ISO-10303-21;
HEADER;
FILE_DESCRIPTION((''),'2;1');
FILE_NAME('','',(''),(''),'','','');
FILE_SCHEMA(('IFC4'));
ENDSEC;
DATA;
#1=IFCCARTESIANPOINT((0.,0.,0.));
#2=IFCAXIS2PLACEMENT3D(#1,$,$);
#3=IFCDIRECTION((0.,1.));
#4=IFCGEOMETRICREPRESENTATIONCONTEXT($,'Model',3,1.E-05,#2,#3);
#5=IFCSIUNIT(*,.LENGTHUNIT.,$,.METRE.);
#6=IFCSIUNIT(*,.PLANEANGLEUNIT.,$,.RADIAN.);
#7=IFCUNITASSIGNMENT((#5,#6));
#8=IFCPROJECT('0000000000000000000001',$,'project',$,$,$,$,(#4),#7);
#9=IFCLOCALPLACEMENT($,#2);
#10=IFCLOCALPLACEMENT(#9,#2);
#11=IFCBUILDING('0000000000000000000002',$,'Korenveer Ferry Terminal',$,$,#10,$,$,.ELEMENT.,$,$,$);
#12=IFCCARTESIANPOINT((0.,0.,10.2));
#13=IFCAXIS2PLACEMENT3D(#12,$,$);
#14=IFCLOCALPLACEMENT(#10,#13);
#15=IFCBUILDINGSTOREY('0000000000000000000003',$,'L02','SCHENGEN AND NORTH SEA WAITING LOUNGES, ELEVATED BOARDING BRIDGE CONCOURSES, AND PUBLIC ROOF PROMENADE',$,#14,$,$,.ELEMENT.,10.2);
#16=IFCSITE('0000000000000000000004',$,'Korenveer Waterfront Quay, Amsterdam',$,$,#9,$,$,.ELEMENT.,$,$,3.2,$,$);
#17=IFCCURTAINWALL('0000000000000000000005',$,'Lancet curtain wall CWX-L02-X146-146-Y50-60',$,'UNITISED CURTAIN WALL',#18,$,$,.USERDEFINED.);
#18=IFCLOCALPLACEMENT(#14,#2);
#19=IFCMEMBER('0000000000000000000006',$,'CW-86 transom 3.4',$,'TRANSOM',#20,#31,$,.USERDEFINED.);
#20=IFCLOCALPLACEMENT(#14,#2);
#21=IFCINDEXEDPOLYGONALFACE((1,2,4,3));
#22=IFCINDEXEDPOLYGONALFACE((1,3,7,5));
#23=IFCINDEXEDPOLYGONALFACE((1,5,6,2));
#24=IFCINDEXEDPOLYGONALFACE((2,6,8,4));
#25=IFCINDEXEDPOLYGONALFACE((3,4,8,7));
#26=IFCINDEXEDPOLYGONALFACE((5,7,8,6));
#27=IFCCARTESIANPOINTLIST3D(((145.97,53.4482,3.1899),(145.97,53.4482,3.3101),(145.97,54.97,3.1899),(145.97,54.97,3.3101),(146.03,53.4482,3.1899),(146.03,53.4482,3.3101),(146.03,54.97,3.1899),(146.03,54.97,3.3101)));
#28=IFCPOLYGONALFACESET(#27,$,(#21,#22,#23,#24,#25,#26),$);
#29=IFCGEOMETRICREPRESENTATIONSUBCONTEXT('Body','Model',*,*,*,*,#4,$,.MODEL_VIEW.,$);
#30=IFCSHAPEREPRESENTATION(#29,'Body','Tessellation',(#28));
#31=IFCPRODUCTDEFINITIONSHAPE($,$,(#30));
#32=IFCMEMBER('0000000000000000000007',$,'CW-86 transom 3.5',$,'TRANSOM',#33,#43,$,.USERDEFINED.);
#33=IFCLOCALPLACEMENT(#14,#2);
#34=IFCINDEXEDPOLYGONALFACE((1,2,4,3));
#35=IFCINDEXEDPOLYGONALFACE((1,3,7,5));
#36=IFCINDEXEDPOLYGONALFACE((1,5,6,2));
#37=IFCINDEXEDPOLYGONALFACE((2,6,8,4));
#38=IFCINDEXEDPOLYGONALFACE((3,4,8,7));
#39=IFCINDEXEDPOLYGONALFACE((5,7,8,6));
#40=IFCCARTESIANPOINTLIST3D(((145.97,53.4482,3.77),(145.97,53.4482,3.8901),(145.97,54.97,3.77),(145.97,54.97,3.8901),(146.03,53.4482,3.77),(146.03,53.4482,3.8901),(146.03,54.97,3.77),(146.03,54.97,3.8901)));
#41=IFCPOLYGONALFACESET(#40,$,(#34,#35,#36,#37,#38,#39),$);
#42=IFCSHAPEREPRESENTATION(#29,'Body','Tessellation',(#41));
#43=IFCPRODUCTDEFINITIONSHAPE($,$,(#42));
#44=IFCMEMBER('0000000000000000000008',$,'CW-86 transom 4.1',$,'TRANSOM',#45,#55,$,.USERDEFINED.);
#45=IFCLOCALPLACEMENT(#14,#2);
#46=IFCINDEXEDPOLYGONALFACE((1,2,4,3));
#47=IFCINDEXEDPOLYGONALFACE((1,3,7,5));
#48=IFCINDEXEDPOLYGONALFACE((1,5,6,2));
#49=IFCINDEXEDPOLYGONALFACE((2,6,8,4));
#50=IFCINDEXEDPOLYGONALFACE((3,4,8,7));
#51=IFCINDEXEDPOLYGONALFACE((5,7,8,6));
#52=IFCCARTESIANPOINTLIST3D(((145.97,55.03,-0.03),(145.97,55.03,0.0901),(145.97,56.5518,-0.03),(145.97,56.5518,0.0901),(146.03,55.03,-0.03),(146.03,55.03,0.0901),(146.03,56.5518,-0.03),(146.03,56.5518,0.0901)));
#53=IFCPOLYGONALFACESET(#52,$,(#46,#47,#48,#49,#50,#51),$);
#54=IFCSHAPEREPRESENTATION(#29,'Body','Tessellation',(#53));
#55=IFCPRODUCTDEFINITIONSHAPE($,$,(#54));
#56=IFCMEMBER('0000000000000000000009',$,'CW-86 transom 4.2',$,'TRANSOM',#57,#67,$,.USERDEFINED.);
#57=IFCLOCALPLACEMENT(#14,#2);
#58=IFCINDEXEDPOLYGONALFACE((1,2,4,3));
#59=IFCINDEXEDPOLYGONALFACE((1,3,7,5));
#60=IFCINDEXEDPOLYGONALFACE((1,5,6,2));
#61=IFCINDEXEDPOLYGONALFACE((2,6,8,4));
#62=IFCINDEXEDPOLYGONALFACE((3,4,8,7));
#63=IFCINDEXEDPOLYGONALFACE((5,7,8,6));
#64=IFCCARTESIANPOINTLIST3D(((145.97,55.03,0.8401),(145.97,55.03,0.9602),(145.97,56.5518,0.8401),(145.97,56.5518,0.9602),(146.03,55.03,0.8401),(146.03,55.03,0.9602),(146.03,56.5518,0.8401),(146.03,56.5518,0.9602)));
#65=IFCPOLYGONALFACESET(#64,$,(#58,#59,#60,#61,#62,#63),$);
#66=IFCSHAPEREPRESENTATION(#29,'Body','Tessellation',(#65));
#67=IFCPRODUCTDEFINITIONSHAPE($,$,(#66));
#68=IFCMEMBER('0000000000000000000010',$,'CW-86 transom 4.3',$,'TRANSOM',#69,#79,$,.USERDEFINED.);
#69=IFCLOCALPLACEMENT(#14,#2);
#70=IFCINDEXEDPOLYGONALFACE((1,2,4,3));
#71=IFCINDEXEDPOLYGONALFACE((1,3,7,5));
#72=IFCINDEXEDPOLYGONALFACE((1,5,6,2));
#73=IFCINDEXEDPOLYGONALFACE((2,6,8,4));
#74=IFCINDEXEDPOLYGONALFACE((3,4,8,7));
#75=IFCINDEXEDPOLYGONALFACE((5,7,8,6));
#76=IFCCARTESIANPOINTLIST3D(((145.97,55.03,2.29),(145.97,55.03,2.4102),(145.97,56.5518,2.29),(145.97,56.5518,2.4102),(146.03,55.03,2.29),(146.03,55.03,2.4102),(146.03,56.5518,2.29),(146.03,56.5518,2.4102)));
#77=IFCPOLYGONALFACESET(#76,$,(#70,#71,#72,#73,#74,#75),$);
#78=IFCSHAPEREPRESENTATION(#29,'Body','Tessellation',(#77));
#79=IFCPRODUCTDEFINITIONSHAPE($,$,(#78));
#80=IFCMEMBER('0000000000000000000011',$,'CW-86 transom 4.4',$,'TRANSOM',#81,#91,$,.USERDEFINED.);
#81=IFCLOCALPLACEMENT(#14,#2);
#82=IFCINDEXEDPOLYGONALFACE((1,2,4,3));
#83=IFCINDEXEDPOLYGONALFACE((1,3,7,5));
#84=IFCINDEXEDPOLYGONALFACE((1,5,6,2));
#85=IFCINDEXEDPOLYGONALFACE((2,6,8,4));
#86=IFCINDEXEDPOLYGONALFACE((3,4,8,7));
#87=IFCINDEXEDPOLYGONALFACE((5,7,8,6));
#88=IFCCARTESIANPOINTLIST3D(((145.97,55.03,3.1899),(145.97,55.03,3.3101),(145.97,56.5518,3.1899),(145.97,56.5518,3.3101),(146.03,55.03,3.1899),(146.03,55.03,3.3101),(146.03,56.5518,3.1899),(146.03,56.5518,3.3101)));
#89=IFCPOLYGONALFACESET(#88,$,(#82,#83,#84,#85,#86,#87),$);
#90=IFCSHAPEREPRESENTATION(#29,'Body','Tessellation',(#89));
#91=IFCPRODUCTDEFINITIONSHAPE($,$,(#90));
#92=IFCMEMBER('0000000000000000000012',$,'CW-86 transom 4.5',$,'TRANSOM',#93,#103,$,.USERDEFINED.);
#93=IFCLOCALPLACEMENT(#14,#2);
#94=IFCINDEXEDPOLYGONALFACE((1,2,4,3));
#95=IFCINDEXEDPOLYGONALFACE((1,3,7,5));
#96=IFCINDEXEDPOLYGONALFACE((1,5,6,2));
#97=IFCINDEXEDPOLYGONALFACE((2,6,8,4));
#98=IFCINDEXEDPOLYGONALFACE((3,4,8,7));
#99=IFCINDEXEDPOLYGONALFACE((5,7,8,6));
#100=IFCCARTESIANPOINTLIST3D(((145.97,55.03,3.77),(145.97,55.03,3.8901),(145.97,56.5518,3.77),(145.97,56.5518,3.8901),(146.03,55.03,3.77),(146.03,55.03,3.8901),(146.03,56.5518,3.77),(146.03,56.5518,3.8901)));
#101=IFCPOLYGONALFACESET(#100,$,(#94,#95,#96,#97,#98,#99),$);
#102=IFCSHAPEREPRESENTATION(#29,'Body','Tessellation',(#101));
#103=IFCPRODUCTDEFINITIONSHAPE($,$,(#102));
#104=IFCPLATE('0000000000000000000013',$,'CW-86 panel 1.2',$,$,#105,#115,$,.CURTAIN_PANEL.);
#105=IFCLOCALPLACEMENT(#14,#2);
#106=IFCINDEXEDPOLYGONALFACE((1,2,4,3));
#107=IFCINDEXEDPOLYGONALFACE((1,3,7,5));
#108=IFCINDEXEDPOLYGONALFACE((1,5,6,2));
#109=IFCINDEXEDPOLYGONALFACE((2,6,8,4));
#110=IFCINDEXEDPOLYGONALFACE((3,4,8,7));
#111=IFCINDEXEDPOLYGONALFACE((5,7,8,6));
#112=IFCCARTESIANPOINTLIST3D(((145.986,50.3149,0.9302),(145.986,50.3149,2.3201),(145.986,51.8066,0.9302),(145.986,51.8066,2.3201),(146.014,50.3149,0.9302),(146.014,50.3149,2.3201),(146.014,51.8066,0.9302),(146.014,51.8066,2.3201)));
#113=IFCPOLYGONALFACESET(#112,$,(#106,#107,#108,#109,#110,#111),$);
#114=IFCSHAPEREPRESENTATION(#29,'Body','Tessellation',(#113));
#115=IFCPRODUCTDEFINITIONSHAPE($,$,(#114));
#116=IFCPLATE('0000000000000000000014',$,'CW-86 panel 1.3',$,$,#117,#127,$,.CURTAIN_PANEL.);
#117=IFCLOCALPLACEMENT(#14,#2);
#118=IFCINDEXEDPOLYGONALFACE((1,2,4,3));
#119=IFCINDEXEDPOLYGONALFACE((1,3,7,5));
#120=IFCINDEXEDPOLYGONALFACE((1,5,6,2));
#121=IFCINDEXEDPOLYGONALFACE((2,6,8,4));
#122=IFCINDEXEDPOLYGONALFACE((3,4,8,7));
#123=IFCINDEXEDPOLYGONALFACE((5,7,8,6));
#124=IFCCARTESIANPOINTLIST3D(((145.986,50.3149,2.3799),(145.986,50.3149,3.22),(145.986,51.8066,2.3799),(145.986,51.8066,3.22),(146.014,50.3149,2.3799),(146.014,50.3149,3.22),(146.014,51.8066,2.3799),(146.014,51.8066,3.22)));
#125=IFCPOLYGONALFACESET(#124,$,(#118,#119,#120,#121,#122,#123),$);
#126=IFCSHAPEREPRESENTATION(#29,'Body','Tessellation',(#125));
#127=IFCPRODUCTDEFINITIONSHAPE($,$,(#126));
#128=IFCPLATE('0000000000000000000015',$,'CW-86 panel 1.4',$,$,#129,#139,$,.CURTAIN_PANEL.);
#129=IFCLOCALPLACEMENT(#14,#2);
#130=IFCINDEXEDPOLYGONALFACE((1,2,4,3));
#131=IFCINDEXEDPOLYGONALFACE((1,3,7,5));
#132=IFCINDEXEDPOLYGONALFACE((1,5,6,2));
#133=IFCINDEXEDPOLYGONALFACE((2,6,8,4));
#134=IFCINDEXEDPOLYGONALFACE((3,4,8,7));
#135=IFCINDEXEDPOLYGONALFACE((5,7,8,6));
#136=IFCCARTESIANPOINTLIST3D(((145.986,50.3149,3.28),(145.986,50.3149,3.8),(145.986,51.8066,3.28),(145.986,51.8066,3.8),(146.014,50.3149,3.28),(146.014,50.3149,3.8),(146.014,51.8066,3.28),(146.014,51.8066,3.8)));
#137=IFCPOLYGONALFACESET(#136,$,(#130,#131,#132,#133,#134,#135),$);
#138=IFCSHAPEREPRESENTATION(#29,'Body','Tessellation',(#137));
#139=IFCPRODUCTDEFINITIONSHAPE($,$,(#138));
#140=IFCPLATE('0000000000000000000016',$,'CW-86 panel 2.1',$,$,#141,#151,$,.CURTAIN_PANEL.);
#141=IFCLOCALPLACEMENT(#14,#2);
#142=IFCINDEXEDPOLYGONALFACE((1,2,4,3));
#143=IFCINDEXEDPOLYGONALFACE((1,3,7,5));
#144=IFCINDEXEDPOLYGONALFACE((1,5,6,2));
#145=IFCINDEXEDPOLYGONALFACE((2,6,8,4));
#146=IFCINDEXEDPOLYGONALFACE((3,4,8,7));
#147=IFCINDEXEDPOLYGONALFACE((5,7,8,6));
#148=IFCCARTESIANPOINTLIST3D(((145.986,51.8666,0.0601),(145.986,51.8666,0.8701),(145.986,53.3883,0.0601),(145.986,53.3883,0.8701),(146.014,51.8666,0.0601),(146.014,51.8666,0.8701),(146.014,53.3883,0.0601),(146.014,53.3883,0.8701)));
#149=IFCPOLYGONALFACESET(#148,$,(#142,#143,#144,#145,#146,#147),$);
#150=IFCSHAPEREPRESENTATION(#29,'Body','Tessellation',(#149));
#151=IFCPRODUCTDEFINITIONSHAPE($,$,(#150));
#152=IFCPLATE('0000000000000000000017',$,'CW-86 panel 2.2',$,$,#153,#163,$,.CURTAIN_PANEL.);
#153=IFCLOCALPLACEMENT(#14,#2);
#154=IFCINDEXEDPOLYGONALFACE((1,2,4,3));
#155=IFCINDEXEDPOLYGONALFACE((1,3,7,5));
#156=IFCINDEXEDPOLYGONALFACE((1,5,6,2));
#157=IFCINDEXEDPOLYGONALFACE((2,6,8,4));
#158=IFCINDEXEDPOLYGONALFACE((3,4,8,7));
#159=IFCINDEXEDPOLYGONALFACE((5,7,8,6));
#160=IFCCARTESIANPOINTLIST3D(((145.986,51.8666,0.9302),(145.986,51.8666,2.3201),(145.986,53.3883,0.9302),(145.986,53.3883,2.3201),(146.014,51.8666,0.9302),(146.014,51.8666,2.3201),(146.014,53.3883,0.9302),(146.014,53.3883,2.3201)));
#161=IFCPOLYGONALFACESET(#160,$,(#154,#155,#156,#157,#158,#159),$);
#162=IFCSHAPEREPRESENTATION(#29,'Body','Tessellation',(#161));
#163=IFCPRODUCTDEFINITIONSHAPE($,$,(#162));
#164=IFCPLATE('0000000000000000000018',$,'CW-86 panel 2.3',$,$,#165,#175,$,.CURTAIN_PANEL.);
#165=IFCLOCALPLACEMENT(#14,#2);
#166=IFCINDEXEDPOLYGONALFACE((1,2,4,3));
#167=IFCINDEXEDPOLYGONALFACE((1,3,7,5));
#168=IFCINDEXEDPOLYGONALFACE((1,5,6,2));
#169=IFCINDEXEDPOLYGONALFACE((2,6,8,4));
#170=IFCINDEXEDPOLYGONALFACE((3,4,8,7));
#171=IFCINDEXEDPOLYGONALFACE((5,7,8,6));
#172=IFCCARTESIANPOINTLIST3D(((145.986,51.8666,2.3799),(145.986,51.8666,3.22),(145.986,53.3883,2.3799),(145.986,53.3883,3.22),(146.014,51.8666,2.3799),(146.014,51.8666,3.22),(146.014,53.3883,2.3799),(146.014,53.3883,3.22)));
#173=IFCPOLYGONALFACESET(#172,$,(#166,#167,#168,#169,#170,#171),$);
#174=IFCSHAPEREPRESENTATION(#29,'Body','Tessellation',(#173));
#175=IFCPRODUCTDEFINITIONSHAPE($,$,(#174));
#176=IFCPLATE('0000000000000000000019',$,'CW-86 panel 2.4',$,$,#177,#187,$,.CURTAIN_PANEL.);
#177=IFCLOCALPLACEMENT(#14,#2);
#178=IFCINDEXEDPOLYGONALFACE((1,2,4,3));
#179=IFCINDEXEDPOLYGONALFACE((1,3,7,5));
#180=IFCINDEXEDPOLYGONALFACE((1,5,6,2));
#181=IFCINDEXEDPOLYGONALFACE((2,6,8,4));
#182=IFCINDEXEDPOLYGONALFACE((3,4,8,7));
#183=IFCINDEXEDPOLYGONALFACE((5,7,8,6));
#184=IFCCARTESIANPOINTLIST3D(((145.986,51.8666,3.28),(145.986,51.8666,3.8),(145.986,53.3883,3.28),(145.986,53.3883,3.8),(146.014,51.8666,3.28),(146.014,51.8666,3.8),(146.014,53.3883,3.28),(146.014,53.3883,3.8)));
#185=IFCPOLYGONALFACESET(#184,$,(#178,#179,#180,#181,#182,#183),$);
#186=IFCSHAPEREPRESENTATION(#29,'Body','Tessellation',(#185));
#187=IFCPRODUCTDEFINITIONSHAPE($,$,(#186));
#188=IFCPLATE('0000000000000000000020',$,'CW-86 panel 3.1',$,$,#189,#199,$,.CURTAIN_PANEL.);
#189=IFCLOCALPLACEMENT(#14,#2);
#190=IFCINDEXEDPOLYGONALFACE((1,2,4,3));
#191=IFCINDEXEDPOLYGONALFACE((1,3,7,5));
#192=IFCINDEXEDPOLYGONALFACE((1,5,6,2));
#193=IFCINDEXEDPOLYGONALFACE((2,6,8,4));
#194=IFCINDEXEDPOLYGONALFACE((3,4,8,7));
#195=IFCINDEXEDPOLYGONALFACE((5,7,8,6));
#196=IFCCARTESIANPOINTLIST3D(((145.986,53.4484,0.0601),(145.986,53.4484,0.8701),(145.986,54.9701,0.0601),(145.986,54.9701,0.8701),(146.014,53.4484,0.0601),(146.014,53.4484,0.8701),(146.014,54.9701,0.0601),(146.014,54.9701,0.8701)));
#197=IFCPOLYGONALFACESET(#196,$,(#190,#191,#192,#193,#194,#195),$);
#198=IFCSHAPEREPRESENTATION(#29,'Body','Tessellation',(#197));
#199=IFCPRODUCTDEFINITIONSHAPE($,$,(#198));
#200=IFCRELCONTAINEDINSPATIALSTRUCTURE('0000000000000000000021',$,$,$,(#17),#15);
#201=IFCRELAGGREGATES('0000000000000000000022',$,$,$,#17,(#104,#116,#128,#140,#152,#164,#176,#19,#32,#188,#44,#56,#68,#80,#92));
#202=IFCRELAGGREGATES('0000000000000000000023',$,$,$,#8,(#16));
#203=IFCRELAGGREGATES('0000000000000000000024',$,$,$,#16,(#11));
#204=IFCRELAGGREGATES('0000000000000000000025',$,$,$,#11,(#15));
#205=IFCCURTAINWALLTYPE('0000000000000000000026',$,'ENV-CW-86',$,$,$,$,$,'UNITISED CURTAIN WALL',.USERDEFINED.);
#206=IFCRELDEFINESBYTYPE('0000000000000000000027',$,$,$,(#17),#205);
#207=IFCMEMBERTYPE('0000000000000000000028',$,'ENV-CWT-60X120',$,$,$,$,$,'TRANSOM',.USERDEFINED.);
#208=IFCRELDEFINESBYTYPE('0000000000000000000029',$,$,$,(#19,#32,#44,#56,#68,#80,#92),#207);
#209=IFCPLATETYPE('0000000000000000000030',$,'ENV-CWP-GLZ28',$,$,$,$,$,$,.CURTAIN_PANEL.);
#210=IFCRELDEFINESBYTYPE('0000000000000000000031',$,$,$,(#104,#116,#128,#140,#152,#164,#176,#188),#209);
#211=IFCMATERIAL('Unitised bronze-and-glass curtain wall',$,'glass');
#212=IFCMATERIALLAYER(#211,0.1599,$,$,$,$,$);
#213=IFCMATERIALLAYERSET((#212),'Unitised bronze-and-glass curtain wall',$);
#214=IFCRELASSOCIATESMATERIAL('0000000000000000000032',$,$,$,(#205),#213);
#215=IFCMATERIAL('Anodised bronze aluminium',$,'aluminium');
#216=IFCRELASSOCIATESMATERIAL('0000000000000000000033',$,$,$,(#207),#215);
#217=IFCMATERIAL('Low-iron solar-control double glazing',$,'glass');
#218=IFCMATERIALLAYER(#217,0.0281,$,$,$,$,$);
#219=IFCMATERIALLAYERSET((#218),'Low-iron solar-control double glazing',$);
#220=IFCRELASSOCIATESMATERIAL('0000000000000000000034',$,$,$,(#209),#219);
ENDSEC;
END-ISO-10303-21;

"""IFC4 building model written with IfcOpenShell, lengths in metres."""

from ifc_helpers import new_model, si_unit, direction, frame, origin, origin_2d, place, context, subcontext, project, spatial, rectangle, extrude, material, layer, layer_set, material_profile, profile_set, type_object, element, aggregate, save


model = new_model("IFC4")

# Units and contexts
model_context = context("Model", 3, precision=1e-05, world=origin(), true_north=direction((0.0, 1.0)))
body_context = subcontext(model_context, "Body", "Model", "MODEL_VIEW")
ifc_project = project(units=[si_unit("LENGTHUNIT", "METRE"), si_unit("PLANEANGLEUNIT", "RADIAN")], contexts=[model_context])

# Site, building, storey
site_placement = place(None, origin())
site = spatial("IfcSite", under=ifc_project, at=site_placement, Name="Korenveer Waterfront Quay, Amsterdam", CompositionType="ELEMENT", RefElevation=3.2)
building_placement = place(site_placement, origin())
building = spatial("IfcBuilding", under=site, at=building_placement, Name="Korenveer Ferry Terminal", CompositionType="ELEMENT")
storey_placement = place(building_placement, frame((0.0, 0.0, 10.2)))
storey = spatial("IfcBuildingStorey", under=building, at=storey_placement, Name="L02", Description="SCHENGEN AND NORTH SEA WAITING LOUNGES, ELEVATED BOARDING BRIDGE CONCOURSES, AND PUBLIC ROOF PROMENADE", CompositionType="ELEMENT", Elevation=10.2)

# Curtain wall, members, plates
ifc_material_1 = material(Name="Unitised bronze-and-glass curtain wall", Category="glass")
ifc_layer_1 = layer(ifc_material_1, 0.1599)
ifc_layer_set_1 = layer_set([ifc_layer_1], Name="Unitised bronze-and-glass curtain wall")
curtain_wall_type = type_object("IfcCurtainWallType", Name="ENV-CW-86", ElementType="UNITISED CURTAIN WALL", PredefinedType="USERDEFINED", material=ifc_layer_set_1)
curtain_wall_placement = place(storey_placement, frame((146.0, 50.2549, 0.0)))
curtain_wall = element("IfcCurtainWall", 1, at=curtain_wall_placement, inside=storey, type_object=curtain_wall_type, Name="Lancet curtain wall CWX-L02-X146-146-Y50-60", ObjectType="UNITISED CURTAIN WALL", PredefinedType="USERDEFINED")
ifc_material_2 = material(Name="Anodised bronze aluminium", Category="aluminium")
ifc_material_profile_1 = material_profile(ifc_material_2, rectangle(XDim=0.0601, YDim=0.1201, at=origin_2d()), Name="ALU 60x120")
ifc_profile_set_1 = profile_set([ifc_material_profile_1], Name="Anodised bronze aluminium")
member_type_1 = type_object("IfcMemberType", Name="ENV-CWT-60X120", ElementType="TRANSOM", PredefinedType="USERDEFINED", material=ifc_profile_set_1)
member_1_placement = place(storey_placement, frame((146.0, 53.4482, 3.25), z_axis=(0.0, 1.0, 0.0), x_axis=(-1.0, 0.0, 0.0)))
member_1 = element("IfcMember", 2, at=member_1_placement, type_object=member_type_1, Name="CW-86 transom 3.4", ObjectType="TRANSOM", PredefinedType="USERDEFINED", context=body_context, shape_type="SweptSolid", body=[
    extrude(rectangle(XDim=0.0601, YDim=0.1201, at=origin_2d()), origin(), (0.0, 0.0, 1.0), 1.5217),
])
member_2_placement = place(storey_placement, frame((146.0, 53.4482, 3.8301), z_axis=(0.0, 1.0, 0.0), x_axis=(-1.0, 0.0, 0.0)))
member_2 = element("IfcMember", 3, at=member_2_placement, type_object=member_type_1, Name="CW-86 transom 3.5", ObjectType="TRANSOM", PredefinedType="USERDEFINED", context=body_context, shape_type="SweptSolid", body=[
    extrude(rectangle(XDim=0.0601, YDim=0.1201, at=origin_2d()), origin(), (0.0, 0.0, 1.0), 1.5217),
])
member_3_placement = place(storey_placement, frame((146.0, 55.03, 0.03), z_axis=(0.0, 1.0, 0.0), x_axis=(-1.0, 0.0, 0.0)))
member_3 = element("IfcMember", 4, at=member_3_placement, type_object=member_type_1, Name="CW-86 transom 4.1", ObjectType="TRANSOM", PredefinedType="USERDEFINED", context=body_context, shape_type="SweptSolid", body=[
    extrude(rectangle(XDim=0.0601, YDim=0.1201, at=origin_2d()), origin(), (0.0, 0.0, 1.0), 1.5217),
])
member_4_placement = place(storey_placement, frame((146.0, 55.03, 0.9001), z_axis=(0.0, 1.0, 0.0), x_axis=(-1.0, 0.0, 0.0)))
member_4 = element("IfcMember", 5, at=member_4_placement, type_object=member_type_1, Name="CW-86 transom 4.2", ObjectType="TRANSOM", PredefinedType="USERDEFINED", context=body_context, shape_type="SweptSolid", body=[
    extrude(rectangle(XDim=0.0601, YDim=0.1201, at=origin_2d()), origin(), (0.0, 0.0, 1.0), 1.5217),
])
member_5_placement = place(storey_placement, frame((146.0, 55.03, 2.3501), z_axis=(0.0, 1.0, 0.0), x_axis=(-1.0, 0.0, 0.0)))
member_5 = element("IfcMember", 6, at=member_5_placement, type_object=member_type_1, Name="CW-86 transom 4.3", ObjectType="TRANSOM", PredefinedType="USERDEFINED", context=body_context, shape_type="SweptSolid", body=[
    extrude(rectangle(XDim=0.0601, YDim=0.1201, at=origin_2d()), origin(), (0.0, 0.0, 1.0), 1.5217),
])
member_6_placement = place(storey_placement, frame((146.0, 55.03, 3.25), z_axis=(0.0, 1.0, 0.0), x_axis=(-1.0, 0.0, 0.0)))
member_6 = element("IfcMember", 7, at=member_6_placement, type_object=member_type_1, Name="CW-86 transom 4.4", ObjectType="TRANSOM", PredefinedType="USERDEFINED", context=body_context, shape_type="SweptSolid", body=[
    extrude(rectangle(XDim=0.0601, YDim=0.1201, at=origin_2d()), origin(), (0.0, 0.0, 1.0), 1.5217),
])
member_7_placement = place(storey_placement, frame((146.0, 55.03, 3.8301), z_axis=(0.0, 1.0, 0.0), x_axis=(-1.0, 0.0, 0.0)))
member_7 = element("IfcMember", 8, at=member_7_placement, type_object=member_type_1, Name="CW-86 transom 4.5", ObjectType="TRANSOM", PredefinedType="USERDEFINED", context=body_context, shape_type="SweptSolid", body=[
    extrude(rectangle(XDim=0.0601, YDim=0.1201, at=origin_2d()), origin(), (0.0, 0.0, 1.0), 1.5217),
])
ifc_material_3 = material(Name="Low-iron solar-control double glazing", Category="glass")
ifc_layer_2 = layer(ifc_material_3, 0.0281)
ifc_layer_set_2 = layer_set([ifc_layer_2], Name="Low-iron solar-control double glazing")
plate_type = type_object("IfcPlateType", Name="ENV-CWP-GLZ28", PredefinedType="CURTAIN_PANEL", material=ifc_layer_set_2)
plate_1_placement = place(storey_placement, frame((146.0, 51.0608, 0.9302), z_axis=(0.0, 0.0, 1.0), x_axis=(0.0, 1.0, 0.0)))
plate_1 = element("IfcPlate", 9, at=plate_1_placement, type_object=plate_type, Name="CW-86 panel 1.2", PredefinedType="CURTAIN_PANEL", context=body_context, shape_type="SweptSolid", body=[
    extrude(rectangle(XDim=1.4917, YDim=0.0281, at=origin_2d()), origin(), (0.0, 0.0, 1.0), 1.3899),
])
plate_2_placement = place(storey_placement, frame((146.0, 51.0608, 2.3799), z_axis=(0.0, 0.0, 1.0), x_axis=(0.0, 1.0, 0.0)))
plate_2 = element("IfcPlate", 10, at=plate_2_placement, type_object=plate_type, Name="CW-86 panel 1.3", PredefinedType="CURTAIN_PANEL", context=body_context, shape_type="SweptSolid", body=[
    extrude(rectangle(XDim=1.4917, YDim=0.0281, at=origin_2d()), origin(), (0.0, 0.0, 1.0), 0.8401),
])
plate_3_placement = place(storey_placement, frame((146.0, 51.0608, 3.28), z_axis=(0.0, 0.0, 1.0), x_axis=(0.0, 1.0, 0.0)))
plate_3 = element("IfcPlate", 11, at=plate_3_placement, type_object=plate_type, Name="CW-86 panel 1.4", PredefinedType="CURTAIN_PANEL", context=body_context, shape_type="SweptSolid", body=[
    extrude(rectangle(XDim=1.4917, YDim=0.0281, at=origin_2d()), origin(), (0.0, 0.0, 1.0), 0.52),
])
plate_4_placement = place(storey_placement, frame((146.0, 52.6274, 0.0601), z_axis=(0.0, 0.0, 1.0), x_axis=(0.0, 1.0, 0.0)))
plate_4 = element("IfcPlate", 12, at=plate_4_placement, type_object=plate_type, Name="CW-86 panel 2.1", PredefinedType="CURTAIN_PANEL", context=body_context, shape_type="SweptSolid", body=[
    extrude(rectangle(XDim=1.5217, YDim=0.0281, at=origin_2d()), origin(), (0.0, 0.0, 1.0), 0.8101),
])
plate_5_placement = place(storey_placement, frame((146.0, 52.6274, 0.9302), z_axis=(0.0, 0.0, 1.0), x_axis=(0.0, 1.0, 0.0)))
plate_5 = element("IfcPlate", 13, at=plate_5_placement, type_object=plate_type, Name="CW-86 panel 2.2", PredefinedType="CURTAIN_PANEL", context=body_context, shape_type="SweptSolid", body=[
    extrude(rectangle(XDim=1.5217, YDim=0.0281, at=origin_2d()), origin(), (0.0, 0.0, 1.0), 1.3899),
])
plate_6_placement = place(storey_placement, frame((146.0, 52.6274, 2.3799), z_axis=(0.0, 0.0, 1.0), x_axis=(0.0, 1.0, 0.0)))
plate_6 = element("IfcPlate", 14, at=plate_6_placement, type_object=plate_type, Name="CW-86 panel 2.3", PredefinedType="CURTAIN_PANEL", context=body_context, shape_type="SweptSolid", body=[
    extrude(rectangle(XDim=1.5217, YDim=0.0281, at=origin_2d()), origin(), (0.0, 0.0, 1.0), 0.8401),
])
plate_7_placement = place(storey_placement, frame((146.0, 52.6274, 3.28), z_axis=(0.0, 0.0, 1.0), x_axis=(0.0, 1.0, 0.0)))
plate_7 = element("IfcPlate", 15, at=plate_7_placement, type_object=plate_type, Name="CW-86 panel 2.4", PredefinedType="CURTAIN_PANEL", context=body_context, shape_type="SweptSolid", body=[
    extrude(rectangle(XDim=1.5217, YDim=0.0281, at=origin_2d()), origin(), (0.0, 0.0, 1.0), 0.52),
])
plate_8_placement = place(storey_placement, frame((146.0, 54.2092, 0.0601), z_axis=(0.0, 0.0, 1.0), x_axis=(0.0, 1.0, 0.0)))
plate_8 = element("IfcPlate", 16, at=plate_8_placement, type_object=plate_type, Name="CW-86 panel 3.1", PredefinedType="CURTAIN_PANEL", context=body_context, shape_type="SweptSolid", body=[
    extrude(rectangle(XDim=1.5217, YDim=0.0281, at=origin_2d()), origin(), (0.0, 0.0, 1.0), 0.8101),
])
aggregate(curtain_wall, [plate_1, plate_2, plate_3, plate_4, plate_5, plate_6, plate_7, member_1, member_2, plate_8, member_3, member_4, member_5, member_6, member_7])

save(model, "model.ifc")
